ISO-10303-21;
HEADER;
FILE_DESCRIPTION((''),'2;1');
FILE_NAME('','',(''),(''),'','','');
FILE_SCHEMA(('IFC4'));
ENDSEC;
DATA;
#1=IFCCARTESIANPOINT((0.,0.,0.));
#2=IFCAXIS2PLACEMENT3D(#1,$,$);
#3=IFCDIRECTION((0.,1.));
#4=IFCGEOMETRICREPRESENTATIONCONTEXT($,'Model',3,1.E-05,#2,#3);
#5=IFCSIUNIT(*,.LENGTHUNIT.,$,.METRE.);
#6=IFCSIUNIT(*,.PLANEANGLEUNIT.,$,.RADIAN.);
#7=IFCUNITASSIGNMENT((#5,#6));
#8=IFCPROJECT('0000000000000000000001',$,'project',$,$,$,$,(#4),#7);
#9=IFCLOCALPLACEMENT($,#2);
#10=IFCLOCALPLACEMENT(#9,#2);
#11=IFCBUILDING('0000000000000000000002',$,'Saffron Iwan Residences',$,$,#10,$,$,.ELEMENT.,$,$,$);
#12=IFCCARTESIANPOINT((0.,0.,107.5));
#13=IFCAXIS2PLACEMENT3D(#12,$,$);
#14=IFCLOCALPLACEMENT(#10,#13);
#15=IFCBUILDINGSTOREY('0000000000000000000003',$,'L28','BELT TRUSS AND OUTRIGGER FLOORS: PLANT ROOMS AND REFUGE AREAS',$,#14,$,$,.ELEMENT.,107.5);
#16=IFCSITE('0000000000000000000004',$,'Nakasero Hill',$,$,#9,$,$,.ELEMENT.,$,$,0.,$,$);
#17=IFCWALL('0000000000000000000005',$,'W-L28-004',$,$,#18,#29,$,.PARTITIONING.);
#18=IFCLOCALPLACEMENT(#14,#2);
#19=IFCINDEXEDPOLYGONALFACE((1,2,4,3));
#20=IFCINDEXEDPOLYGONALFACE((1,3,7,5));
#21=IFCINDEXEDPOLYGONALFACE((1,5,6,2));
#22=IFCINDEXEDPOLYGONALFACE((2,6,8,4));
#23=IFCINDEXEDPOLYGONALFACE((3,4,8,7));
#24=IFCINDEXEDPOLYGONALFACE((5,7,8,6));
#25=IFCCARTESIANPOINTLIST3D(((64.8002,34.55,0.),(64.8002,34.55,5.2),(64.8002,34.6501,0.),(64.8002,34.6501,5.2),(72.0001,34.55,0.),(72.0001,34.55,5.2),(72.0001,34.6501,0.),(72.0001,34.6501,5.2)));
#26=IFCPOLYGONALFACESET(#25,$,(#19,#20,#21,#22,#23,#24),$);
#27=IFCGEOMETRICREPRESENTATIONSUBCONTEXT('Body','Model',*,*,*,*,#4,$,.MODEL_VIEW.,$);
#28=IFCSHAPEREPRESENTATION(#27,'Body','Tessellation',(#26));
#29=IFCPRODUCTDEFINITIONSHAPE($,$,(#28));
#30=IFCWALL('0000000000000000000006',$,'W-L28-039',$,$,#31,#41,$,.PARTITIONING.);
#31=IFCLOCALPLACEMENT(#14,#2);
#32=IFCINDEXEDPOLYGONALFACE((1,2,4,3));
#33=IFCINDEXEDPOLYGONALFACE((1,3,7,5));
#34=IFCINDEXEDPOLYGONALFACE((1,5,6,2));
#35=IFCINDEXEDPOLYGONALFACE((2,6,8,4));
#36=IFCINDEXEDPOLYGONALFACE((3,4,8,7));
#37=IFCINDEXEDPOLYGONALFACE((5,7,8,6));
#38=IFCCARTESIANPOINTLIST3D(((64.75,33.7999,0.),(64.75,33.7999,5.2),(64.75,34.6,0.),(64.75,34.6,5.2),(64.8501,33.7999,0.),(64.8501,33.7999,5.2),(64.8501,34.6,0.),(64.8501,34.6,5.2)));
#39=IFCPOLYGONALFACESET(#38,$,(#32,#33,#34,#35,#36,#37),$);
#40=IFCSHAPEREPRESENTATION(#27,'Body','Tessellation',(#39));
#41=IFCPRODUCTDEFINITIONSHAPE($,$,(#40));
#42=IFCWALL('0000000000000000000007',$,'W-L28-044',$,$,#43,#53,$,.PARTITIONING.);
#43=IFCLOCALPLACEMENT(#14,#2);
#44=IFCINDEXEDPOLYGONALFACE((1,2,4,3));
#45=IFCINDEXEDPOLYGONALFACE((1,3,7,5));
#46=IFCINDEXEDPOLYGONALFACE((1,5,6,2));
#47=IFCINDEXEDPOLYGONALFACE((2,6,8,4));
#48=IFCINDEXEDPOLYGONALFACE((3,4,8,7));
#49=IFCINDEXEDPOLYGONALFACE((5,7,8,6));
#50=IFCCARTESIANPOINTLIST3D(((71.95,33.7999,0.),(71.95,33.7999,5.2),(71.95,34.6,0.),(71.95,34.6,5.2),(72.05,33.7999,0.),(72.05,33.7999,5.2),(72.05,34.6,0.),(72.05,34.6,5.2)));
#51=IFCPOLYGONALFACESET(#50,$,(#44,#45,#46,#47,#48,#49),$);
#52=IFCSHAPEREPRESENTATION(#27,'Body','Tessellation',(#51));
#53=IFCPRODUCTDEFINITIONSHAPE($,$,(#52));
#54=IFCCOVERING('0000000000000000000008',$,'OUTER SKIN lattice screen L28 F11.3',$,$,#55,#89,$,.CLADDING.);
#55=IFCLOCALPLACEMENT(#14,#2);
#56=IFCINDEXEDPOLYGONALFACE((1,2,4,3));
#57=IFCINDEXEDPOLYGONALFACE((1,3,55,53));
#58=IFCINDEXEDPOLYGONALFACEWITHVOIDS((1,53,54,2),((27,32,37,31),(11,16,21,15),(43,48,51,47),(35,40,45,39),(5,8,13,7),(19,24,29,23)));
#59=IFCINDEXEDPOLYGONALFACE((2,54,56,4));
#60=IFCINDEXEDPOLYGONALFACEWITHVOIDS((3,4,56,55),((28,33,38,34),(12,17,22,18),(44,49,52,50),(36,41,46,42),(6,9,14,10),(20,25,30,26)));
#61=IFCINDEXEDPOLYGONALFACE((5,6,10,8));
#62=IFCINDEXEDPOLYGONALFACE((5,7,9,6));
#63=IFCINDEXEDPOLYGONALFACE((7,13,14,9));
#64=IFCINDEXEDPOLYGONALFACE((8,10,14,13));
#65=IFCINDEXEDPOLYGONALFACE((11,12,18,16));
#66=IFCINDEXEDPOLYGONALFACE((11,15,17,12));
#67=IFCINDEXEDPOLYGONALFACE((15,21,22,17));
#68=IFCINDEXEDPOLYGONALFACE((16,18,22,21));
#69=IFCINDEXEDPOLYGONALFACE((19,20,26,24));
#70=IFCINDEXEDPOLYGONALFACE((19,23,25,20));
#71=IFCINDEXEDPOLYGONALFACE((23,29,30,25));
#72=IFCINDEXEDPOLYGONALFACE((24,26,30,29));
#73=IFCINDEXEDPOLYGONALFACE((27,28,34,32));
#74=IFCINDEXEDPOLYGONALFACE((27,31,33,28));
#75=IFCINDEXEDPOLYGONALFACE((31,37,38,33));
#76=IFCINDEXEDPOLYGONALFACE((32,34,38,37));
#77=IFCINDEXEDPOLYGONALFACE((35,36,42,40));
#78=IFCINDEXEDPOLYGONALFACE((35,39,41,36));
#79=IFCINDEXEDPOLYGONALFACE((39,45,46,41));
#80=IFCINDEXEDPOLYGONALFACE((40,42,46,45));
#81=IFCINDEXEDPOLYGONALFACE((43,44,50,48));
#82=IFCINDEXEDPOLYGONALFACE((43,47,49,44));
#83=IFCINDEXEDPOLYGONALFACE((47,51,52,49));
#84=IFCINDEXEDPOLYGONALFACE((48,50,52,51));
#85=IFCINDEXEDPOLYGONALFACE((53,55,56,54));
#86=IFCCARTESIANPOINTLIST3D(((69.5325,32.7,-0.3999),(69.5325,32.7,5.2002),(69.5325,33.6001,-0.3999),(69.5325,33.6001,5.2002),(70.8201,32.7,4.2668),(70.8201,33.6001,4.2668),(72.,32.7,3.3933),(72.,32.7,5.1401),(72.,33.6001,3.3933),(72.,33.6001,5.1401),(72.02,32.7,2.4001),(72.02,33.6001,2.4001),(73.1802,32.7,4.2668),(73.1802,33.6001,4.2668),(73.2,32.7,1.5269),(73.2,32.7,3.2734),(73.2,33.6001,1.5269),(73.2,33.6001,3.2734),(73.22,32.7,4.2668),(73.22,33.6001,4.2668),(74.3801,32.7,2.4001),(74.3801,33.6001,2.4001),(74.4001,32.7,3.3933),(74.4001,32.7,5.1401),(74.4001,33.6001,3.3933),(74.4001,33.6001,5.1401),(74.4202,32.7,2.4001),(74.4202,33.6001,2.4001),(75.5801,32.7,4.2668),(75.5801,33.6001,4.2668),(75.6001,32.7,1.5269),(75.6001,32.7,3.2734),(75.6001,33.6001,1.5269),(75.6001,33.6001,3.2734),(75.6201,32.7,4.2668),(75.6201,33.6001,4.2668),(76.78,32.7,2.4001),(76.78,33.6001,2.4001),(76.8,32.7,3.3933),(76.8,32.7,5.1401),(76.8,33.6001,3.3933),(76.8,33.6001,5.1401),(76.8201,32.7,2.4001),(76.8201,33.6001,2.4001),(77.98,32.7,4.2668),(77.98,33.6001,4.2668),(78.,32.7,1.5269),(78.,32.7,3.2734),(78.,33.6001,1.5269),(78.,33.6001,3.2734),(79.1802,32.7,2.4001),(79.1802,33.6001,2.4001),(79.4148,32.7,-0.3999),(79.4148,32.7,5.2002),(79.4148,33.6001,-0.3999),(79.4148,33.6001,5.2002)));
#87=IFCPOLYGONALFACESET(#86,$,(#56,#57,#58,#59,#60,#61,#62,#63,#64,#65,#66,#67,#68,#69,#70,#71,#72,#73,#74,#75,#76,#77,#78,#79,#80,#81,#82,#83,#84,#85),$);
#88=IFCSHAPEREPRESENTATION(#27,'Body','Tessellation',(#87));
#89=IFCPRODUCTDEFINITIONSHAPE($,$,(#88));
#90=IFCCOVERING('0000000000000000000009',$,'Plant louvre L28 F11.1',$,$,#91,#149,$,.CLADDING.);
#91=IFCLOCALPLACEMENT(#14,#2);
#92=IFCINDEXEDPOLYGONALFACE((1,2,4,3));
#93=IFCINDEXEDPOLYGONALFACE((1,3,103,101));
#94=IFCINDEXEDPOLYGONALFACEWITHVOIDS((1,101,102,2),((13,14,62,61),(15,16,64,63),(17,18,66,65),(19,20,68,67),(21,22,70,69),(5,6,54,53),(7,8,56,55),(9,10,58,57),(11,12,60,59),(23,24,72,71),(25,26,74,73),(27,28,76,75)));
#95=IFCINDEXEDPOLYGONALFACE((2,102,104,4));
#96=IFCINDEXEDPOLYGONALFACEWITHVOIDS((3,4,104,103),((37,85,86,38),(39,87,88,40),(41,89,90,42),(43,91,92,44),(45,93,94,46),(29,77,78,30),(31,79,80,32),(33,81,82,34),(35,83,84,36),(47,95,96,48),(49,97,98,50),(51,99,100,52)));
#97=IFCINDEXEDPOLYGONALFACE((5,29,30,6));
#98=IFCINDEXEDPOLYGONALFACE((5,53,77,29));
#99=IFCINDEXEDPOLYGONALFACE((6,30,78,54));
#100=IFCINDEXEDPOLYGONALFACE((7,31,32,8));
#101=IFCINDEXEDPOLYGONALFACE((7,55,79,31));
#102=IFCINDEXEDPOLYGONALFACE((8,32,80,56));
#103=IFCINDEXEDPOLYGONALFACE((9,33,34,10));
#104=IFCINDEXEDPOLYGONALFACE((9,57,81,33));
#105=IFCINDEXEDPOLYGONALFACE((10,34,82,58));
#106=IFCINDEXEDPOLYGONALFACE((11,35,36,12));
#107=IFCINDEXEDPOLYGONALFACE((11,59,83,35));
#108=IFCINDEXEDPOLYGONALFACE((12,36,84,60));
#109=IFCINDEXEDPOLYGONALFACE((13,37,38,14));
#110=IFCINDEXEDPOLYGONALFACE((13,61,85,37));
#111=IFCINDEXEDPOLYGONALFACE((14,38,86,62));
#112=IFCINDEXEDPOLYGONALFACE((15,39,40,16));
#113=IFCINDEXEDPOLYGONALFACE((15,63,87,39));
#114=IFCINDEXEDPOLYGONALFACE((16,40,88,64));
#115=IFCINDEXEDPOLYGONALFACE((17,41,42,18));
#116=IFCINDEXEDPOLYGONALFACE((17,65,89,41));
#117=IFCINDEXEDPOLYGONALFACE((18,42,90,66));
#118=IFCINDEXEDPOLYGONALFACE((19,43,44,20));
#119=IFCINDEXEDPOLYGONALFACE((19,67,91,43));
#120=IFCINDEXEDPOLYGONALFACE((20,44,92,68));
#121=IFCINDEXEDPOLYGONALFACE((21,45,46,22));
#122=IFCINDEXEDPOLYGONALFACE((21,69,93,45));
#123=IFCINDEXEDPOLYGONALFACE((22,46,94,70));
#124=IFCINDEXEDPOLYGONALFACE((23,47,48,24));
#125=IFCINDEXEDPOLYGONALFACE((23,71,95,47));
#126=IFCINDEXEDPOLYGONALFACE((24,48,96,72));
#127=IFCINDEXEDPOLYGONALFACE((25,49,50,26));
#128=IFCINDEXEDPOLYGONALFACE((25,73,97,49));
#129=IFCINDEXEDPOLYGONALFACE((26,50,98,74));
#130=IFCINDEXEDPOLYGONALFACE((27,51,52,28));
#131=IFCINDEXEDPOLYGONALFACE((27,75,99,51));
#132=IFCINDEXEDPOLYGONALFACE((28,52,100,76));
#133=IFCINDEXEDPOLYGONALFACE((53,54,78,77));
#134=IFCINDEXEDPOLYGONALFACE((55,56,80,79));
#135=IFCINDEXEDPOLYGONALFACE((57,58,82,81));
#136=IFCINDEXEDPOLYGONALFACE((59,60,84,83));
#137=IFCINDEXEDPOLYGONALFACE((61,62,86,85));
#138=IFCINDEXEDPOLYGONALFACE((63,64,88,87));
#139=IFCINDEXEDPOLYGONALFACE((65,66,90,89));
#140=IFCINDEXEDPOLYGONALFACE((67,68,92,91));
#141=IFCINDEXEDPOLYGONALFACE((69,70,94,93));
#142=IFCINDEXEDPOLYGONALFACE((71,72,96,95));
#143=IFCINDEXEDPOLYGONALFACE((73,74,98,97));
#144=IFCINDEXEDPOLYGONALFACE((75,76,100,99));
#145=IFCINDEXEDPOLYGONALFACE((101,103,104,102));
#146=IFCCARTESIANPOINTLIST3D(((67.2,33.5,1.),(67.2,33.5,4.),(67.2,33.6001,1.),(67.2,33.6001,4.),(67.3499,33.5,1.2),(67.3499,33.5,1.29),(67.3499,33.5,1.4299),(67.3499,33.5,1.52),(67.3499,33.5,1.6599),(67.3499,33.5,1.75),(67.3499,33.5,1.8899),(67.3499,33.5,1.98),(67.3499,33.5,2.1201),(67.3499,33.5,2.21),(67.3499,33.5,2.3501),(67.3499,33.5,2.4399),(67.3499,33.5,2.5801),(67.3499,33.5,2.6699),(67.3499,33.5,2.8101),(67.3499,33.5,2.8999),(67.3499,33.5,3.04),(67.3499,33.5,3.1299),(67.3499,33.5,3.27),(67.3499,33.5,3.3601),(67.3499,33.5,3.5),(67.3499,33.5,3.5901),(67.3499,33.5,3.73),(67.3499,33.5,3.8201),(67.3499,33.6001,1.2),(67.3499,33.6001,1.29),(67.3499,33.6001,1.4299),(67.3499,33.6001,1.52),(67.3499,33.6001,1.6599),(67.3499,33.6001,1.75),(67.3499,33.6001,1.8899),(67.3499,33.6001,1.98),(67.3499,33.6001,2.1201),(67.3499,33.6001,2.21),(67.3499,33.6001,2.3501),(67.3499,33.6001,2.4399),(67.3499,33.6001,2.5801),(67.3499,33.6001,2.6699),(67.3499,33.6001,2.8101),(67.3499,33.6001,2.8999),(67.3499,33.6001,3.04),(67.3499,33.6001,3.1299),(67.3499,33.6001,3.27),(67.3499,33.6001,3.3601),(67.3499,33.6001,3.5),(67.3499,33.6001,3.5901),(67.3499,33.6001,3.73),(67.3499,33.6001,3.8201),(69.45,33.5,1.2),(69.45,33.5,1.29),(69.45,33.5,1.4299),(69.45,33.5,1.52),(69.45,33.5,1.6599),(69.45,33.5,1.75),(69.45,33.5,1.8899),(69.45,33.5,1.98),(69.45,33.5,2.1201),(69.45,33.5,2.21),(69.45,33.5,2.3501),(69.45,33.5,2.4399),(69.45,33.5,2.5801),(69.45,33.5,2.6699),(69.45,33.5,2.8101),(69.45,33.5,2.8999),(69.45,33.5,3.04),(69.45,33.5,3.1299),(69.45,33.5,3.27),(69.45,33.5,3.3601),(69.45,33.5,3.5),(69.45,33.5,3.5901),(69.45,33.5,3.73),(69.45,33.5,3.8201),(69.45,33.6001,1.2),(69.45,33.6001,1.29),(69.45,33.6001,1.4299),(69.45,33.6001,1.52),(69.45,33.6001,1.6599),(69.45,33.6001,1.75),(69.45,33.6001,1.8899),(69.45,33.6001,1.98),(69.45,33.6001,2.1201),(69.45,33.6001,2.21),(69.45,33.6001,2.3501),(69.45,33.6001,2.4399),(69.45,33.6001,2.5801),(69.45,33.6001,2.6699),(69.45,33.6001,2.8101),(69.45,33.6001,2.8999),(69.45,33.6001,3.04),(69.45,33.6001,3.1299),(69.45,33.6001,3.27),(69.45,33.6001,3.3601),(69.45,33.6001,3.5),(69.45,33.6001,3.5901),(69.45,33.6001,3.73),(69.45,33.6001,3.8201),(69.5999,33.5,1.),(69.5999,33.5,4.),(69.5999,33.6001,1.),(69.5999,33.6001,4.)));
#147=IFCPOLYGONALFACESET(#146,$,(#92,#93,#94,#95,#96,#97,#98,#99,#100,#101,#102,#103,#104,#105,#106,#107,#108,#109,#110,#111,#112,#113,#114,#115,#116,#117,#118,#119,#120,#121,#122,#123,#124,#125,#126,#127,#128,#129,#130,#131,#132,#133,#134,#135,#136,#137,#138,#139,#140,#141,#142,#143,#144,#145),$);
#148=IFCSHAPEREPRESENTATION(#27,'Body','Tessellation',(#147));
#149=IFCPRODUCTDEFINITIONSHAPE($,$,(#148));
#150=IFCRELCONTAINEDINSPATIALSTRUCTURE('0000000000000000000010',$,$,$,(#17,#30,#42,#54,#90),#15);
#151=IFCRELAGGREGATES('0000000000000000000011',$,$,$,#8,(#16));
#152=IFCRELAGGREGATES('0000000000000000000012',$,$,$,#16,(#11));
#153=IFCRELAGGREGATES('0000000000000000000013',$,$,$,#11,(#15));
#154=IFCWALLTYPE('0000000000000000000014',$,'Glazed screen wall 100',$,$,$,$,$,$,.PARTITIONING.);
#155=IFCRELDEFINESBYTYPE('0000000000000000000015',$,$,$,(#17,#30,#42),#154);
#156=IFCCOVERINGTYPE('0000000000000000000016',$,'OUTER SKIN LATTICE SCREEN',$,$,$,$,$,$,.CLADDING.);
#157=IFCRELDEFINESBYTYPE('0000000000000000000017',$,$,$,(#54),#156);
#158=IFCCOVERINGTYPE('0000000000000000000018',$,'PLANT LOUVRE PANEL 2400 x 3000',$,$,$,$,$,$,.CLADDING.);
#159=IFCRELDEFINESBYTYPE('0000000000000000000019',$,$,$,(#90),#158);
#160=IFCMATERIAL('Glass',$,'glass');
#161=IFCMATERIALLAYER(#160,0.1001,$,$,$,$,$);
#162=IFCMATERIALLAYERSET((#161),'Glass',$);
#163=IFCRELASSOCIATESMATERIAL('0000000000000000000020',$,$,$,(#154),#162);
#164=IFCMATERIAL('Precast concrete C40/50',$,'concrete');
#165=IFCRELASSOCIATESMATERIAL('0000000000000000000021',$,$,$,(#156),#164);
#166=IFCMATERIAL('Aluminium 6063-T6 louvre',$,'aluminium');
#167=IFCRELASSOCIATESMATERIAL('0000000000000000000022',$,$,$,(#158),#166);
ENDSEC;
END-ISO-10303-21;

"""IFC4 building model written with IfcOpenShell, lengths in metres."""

from ifc_helpers import new_model, si_unit, direction, frame, frame_2d, origin, place, context, subcontext, project, spatial, polyline, rectangle, outline, extrude, material, layer, layer_set, type_object, element, save


model = new_model("IFC4")

# Units and contexts
model_context = context("Model", 3, precision=1e-05, world=origin(), true_north=direction((0.0, 1.0)))
body_context = subcontext(model_context, "Body", "Model", "MODEL_VIEW")
ifc_project = project(units=[si_unit("LENGTHUNIT", "METRE"), si_unit("PLANEANGLEUNIT", "RADIAN")], contexts=[model_context])

# Site, building, storey
site_placement = place(None, origin())
site = spatial("IfcSite", under=ifc_project, at=site_placement, Name="Nakasero Hill", CompositionType="ELEMENT", RefElevation=0.0)
building_placement = place(site_placement, origin())
building = spatial("IfcBuilding", under=site, at=building_placement, Name="Saffron Iwan Residences", CompositionType="ELEMENT")
storey_placement = place(building_placement, frame((0.0, 0.0, 107.5)))
storey = spatial("IfcBuildingStorey", under=building, at=storey_placement, Name="L28", Description="BELT TRUSS AND OUTRIGGER FLOORS: PLANT ROOMS AND REFUGE AREAS", CompositionType="ELEMENT", Elevation=107.5)

# Walls
ifc_material_1 = material(Name="Glass", Category="glass")
ifc_layer = layer(ifc_material_1, 0.1001)
ifc_layer_set = layer_set([ifc_layer], Name="Glass")
wall_type = type_object("IfcWallType", Name="Glazed screen wall 100", PredefinedType="PARTITIONING", material=ifc_layer_set)
for number, where, z_axis, x_axis, name in (
    (1, (64.8, 34.6001, 0.0), (0.0, 0.0, 1.0), (1.0, 0.0, 0.0), "W-L28-004"),
):
    element("IfcWall", number, at=place(storey_placement, frame(where, z_axis=z_axis, x_axis=x_axis)), inside=storey, type_object=wall_type, Name=name, PredefinedType="PARTITIONING", context=body_context, shape_type="SweptSolid", body=[
        extrude(rectangle(XDim=7.2, YDim=0.1001, at=frame_2d((3.6001, 0.0))), origin(), (0.0, 0.0, 1.0), 5.2),
    ])
for number, where, z_axis, x_axis, name in (
    (2, (64.8, 33.8, 0.0), (0.0, 0.0, 1.0), (0.0, 1.0, 0.0), "W-L28-039"),
    (3, (72.0, 33.8, 0.0), (0.0, 0.0, 1.0), (0.0, 1.0, 0.0), "W-L28-044"),
):
    element("IfcWall", number, at=place(storey_placement, frame(where, z_axis=z_axis, x_axis=x_axis)), inside=storey, type_object=wall_type, Name=name, PredefinedType="PARTITIONING", context=body_context, shape_type="SweptSolid", body=[
        extrude(rectangle(XDim=0.8, YDim=0.1001, at=frame_2d((0.3999, 0.0))), origin(), (0.0, 0.0, 1.0), 5.2),
    ])

# Coverings
ifc_material_2 = material(Name="Precast concrete C40/50", Category="concrete")
covering_type_1 = type_object("IfcCoveringType", Name="OUTER SKIN LATTICE SCREEN", PredefinedType="CLADDING", material=ifc_material_2)
covering_1_placement = place(storey_placement, frame((69.5325, 33.6001, -0.3999), z_axis=(0.0, -1.0, 0.0), x_axis=(1.0, 0.0, 0.0)))
element("IfcCovering", 4, at=covering_1_placement, inside=storey, type_object=covering_type_1, Name="OUTER SKIN lattice screen L28 F11.3", PredefinedType="CLADDING", context=body_context, shape_type="SweptSolid", body=[
    extrude(outline(polyline([(0.0, 0.0), (9.8823, 0.0), (9.8823, 5.6001), (0.0, 5.6001), (0.0, 0.0)]), holes=[polyline([(2.4875, 2.8), (3.6675, 1.9268), (4.8477, 2.8), (3.6675, 3.6733), (2.4875, 2.8)]), polyline([(4.8877, 2.8), (6.0676, 1.9268), (7.2476, 2.8), (6.0676, 3.6733), (4.8877, 2.8)]), polyline([(7.2876, 2.8), (8.4675, 1.9268), (9.6477, 2.8), (8.4675, 3.6733), (7.2876, 2.8)]), polyline([(1.2876, 4.6667), (2.4675, 3.7932), (3.6477, 4.6667), (2.4675, 5.54), (1.2876, 4.6667)]), polyline([(3.6875, 4.6667), (4.8677, 3.7932), (6.0476, 4.6667), (4.8677, 5.54), (3.6875, 4.6667)]), polyline([(6.0876, 4.6667), (7.2676, 3.7932), (8.4475, 4.6667), (7.2676, 5.54), (6.0876, 4.6667)])]), origin(), (0.0, 0.0, 1.0), 0.9001),
])
ifc_material_3 = material(Name="Aluminium 6063-T6 louvre", Category="aluminium")
covering_type_2 = type_object("IfcCoveringType", Name="PLANT LOUVRE PANEL 2400 x 3000", PredefinedType="CLADDING", material=ifc_material_3)
covering_2_placement = place(storey_placement, frame((67.2, 33.6001, 1.0), z_axis=(0.0, -1.0, 0.0), x_axis=(1.0, 0.0, 0.0)))
element("IfcCovering", 5, at=covering_2_placement, inside=storey, type_object=covering_type_2, Name="Plant louvre L28 F11.1", PredefinedType="CLADDING", context=body_context, shape_type="SweptSolid", body=[
    extrude(outline(polyline([(0.0, 0.0), (2.3999, 0.0), (2.3999, 3.0), (0.0, 3.0), (0.0, 0.0)]), holes=[polyline([(0.1499, 0.2), (2.25, 0.2), (2.25, 0.29), (0.1499, 0.29), (0.1499, 0.2)]), polyline([(0.1499, 0.4299), (2.25, 0.4299), (2.25, 0.52), (0.1499, 0.52), (0.1499, 0.4299)]), polyline([(0.1499, 0.6599), (2.25, 0.6599), (2.25, 0.75), (0.1499, 0.75), (0.1499, 0.6599)]), polyline([(0.1499, 0.8899), (2.25, 0.8899), (2.25, 0.98), (0.1499, 0.98), (0.1499, 0.8899)]), polyline([(0.1499, 1.1201), (2.25, 1.1201), (2.25, 1.21), (0.1499, 1.21), (0.1499, 1.1201)]), polyline([(0.1499, 1.3501), (2.25, 1.3501), (2.25, 1.4399), (0.1499, 1.4399), (0.1499, 1.3501)]), polyline([(0.1499, 1.5801), (2.25, 1.5801), (2.25, 1.6699), (0.1499, 1.6699), (0.1499, 1.5801)]), polyline([(0.1499, 1.8101), (2.25, 1.8101), (2.25, 1.8999), (0.1499, 1.8999), (0.1499, 1.8101)]), polyline([(0.1499, 2.04), (2.25, 2.04), (2.25, 2.1299), (0.1499, 2.1299), (0.1499, 2.04)]), polyline([(0.1499, 2.27), (2.25, 2.27), (2.25, 2.3601), (0.1499, 2.3601), (0.1499, 2.27)]), polyline([(0.1499, 2.5), (2.25, 2.5), (2.25, 2.5901), (0.1499, 2.5901), (0.1499, 2.5)]), polyline([(0.1499, 2.73), (2.25, 2.73), (2.25, 2.8201), (0.1499, 2.8201), (0.1499, 2.73)])]), origin(), (0.0, 0.0, 1.0), 0.1001),
])

save(model, "model.ifc")
